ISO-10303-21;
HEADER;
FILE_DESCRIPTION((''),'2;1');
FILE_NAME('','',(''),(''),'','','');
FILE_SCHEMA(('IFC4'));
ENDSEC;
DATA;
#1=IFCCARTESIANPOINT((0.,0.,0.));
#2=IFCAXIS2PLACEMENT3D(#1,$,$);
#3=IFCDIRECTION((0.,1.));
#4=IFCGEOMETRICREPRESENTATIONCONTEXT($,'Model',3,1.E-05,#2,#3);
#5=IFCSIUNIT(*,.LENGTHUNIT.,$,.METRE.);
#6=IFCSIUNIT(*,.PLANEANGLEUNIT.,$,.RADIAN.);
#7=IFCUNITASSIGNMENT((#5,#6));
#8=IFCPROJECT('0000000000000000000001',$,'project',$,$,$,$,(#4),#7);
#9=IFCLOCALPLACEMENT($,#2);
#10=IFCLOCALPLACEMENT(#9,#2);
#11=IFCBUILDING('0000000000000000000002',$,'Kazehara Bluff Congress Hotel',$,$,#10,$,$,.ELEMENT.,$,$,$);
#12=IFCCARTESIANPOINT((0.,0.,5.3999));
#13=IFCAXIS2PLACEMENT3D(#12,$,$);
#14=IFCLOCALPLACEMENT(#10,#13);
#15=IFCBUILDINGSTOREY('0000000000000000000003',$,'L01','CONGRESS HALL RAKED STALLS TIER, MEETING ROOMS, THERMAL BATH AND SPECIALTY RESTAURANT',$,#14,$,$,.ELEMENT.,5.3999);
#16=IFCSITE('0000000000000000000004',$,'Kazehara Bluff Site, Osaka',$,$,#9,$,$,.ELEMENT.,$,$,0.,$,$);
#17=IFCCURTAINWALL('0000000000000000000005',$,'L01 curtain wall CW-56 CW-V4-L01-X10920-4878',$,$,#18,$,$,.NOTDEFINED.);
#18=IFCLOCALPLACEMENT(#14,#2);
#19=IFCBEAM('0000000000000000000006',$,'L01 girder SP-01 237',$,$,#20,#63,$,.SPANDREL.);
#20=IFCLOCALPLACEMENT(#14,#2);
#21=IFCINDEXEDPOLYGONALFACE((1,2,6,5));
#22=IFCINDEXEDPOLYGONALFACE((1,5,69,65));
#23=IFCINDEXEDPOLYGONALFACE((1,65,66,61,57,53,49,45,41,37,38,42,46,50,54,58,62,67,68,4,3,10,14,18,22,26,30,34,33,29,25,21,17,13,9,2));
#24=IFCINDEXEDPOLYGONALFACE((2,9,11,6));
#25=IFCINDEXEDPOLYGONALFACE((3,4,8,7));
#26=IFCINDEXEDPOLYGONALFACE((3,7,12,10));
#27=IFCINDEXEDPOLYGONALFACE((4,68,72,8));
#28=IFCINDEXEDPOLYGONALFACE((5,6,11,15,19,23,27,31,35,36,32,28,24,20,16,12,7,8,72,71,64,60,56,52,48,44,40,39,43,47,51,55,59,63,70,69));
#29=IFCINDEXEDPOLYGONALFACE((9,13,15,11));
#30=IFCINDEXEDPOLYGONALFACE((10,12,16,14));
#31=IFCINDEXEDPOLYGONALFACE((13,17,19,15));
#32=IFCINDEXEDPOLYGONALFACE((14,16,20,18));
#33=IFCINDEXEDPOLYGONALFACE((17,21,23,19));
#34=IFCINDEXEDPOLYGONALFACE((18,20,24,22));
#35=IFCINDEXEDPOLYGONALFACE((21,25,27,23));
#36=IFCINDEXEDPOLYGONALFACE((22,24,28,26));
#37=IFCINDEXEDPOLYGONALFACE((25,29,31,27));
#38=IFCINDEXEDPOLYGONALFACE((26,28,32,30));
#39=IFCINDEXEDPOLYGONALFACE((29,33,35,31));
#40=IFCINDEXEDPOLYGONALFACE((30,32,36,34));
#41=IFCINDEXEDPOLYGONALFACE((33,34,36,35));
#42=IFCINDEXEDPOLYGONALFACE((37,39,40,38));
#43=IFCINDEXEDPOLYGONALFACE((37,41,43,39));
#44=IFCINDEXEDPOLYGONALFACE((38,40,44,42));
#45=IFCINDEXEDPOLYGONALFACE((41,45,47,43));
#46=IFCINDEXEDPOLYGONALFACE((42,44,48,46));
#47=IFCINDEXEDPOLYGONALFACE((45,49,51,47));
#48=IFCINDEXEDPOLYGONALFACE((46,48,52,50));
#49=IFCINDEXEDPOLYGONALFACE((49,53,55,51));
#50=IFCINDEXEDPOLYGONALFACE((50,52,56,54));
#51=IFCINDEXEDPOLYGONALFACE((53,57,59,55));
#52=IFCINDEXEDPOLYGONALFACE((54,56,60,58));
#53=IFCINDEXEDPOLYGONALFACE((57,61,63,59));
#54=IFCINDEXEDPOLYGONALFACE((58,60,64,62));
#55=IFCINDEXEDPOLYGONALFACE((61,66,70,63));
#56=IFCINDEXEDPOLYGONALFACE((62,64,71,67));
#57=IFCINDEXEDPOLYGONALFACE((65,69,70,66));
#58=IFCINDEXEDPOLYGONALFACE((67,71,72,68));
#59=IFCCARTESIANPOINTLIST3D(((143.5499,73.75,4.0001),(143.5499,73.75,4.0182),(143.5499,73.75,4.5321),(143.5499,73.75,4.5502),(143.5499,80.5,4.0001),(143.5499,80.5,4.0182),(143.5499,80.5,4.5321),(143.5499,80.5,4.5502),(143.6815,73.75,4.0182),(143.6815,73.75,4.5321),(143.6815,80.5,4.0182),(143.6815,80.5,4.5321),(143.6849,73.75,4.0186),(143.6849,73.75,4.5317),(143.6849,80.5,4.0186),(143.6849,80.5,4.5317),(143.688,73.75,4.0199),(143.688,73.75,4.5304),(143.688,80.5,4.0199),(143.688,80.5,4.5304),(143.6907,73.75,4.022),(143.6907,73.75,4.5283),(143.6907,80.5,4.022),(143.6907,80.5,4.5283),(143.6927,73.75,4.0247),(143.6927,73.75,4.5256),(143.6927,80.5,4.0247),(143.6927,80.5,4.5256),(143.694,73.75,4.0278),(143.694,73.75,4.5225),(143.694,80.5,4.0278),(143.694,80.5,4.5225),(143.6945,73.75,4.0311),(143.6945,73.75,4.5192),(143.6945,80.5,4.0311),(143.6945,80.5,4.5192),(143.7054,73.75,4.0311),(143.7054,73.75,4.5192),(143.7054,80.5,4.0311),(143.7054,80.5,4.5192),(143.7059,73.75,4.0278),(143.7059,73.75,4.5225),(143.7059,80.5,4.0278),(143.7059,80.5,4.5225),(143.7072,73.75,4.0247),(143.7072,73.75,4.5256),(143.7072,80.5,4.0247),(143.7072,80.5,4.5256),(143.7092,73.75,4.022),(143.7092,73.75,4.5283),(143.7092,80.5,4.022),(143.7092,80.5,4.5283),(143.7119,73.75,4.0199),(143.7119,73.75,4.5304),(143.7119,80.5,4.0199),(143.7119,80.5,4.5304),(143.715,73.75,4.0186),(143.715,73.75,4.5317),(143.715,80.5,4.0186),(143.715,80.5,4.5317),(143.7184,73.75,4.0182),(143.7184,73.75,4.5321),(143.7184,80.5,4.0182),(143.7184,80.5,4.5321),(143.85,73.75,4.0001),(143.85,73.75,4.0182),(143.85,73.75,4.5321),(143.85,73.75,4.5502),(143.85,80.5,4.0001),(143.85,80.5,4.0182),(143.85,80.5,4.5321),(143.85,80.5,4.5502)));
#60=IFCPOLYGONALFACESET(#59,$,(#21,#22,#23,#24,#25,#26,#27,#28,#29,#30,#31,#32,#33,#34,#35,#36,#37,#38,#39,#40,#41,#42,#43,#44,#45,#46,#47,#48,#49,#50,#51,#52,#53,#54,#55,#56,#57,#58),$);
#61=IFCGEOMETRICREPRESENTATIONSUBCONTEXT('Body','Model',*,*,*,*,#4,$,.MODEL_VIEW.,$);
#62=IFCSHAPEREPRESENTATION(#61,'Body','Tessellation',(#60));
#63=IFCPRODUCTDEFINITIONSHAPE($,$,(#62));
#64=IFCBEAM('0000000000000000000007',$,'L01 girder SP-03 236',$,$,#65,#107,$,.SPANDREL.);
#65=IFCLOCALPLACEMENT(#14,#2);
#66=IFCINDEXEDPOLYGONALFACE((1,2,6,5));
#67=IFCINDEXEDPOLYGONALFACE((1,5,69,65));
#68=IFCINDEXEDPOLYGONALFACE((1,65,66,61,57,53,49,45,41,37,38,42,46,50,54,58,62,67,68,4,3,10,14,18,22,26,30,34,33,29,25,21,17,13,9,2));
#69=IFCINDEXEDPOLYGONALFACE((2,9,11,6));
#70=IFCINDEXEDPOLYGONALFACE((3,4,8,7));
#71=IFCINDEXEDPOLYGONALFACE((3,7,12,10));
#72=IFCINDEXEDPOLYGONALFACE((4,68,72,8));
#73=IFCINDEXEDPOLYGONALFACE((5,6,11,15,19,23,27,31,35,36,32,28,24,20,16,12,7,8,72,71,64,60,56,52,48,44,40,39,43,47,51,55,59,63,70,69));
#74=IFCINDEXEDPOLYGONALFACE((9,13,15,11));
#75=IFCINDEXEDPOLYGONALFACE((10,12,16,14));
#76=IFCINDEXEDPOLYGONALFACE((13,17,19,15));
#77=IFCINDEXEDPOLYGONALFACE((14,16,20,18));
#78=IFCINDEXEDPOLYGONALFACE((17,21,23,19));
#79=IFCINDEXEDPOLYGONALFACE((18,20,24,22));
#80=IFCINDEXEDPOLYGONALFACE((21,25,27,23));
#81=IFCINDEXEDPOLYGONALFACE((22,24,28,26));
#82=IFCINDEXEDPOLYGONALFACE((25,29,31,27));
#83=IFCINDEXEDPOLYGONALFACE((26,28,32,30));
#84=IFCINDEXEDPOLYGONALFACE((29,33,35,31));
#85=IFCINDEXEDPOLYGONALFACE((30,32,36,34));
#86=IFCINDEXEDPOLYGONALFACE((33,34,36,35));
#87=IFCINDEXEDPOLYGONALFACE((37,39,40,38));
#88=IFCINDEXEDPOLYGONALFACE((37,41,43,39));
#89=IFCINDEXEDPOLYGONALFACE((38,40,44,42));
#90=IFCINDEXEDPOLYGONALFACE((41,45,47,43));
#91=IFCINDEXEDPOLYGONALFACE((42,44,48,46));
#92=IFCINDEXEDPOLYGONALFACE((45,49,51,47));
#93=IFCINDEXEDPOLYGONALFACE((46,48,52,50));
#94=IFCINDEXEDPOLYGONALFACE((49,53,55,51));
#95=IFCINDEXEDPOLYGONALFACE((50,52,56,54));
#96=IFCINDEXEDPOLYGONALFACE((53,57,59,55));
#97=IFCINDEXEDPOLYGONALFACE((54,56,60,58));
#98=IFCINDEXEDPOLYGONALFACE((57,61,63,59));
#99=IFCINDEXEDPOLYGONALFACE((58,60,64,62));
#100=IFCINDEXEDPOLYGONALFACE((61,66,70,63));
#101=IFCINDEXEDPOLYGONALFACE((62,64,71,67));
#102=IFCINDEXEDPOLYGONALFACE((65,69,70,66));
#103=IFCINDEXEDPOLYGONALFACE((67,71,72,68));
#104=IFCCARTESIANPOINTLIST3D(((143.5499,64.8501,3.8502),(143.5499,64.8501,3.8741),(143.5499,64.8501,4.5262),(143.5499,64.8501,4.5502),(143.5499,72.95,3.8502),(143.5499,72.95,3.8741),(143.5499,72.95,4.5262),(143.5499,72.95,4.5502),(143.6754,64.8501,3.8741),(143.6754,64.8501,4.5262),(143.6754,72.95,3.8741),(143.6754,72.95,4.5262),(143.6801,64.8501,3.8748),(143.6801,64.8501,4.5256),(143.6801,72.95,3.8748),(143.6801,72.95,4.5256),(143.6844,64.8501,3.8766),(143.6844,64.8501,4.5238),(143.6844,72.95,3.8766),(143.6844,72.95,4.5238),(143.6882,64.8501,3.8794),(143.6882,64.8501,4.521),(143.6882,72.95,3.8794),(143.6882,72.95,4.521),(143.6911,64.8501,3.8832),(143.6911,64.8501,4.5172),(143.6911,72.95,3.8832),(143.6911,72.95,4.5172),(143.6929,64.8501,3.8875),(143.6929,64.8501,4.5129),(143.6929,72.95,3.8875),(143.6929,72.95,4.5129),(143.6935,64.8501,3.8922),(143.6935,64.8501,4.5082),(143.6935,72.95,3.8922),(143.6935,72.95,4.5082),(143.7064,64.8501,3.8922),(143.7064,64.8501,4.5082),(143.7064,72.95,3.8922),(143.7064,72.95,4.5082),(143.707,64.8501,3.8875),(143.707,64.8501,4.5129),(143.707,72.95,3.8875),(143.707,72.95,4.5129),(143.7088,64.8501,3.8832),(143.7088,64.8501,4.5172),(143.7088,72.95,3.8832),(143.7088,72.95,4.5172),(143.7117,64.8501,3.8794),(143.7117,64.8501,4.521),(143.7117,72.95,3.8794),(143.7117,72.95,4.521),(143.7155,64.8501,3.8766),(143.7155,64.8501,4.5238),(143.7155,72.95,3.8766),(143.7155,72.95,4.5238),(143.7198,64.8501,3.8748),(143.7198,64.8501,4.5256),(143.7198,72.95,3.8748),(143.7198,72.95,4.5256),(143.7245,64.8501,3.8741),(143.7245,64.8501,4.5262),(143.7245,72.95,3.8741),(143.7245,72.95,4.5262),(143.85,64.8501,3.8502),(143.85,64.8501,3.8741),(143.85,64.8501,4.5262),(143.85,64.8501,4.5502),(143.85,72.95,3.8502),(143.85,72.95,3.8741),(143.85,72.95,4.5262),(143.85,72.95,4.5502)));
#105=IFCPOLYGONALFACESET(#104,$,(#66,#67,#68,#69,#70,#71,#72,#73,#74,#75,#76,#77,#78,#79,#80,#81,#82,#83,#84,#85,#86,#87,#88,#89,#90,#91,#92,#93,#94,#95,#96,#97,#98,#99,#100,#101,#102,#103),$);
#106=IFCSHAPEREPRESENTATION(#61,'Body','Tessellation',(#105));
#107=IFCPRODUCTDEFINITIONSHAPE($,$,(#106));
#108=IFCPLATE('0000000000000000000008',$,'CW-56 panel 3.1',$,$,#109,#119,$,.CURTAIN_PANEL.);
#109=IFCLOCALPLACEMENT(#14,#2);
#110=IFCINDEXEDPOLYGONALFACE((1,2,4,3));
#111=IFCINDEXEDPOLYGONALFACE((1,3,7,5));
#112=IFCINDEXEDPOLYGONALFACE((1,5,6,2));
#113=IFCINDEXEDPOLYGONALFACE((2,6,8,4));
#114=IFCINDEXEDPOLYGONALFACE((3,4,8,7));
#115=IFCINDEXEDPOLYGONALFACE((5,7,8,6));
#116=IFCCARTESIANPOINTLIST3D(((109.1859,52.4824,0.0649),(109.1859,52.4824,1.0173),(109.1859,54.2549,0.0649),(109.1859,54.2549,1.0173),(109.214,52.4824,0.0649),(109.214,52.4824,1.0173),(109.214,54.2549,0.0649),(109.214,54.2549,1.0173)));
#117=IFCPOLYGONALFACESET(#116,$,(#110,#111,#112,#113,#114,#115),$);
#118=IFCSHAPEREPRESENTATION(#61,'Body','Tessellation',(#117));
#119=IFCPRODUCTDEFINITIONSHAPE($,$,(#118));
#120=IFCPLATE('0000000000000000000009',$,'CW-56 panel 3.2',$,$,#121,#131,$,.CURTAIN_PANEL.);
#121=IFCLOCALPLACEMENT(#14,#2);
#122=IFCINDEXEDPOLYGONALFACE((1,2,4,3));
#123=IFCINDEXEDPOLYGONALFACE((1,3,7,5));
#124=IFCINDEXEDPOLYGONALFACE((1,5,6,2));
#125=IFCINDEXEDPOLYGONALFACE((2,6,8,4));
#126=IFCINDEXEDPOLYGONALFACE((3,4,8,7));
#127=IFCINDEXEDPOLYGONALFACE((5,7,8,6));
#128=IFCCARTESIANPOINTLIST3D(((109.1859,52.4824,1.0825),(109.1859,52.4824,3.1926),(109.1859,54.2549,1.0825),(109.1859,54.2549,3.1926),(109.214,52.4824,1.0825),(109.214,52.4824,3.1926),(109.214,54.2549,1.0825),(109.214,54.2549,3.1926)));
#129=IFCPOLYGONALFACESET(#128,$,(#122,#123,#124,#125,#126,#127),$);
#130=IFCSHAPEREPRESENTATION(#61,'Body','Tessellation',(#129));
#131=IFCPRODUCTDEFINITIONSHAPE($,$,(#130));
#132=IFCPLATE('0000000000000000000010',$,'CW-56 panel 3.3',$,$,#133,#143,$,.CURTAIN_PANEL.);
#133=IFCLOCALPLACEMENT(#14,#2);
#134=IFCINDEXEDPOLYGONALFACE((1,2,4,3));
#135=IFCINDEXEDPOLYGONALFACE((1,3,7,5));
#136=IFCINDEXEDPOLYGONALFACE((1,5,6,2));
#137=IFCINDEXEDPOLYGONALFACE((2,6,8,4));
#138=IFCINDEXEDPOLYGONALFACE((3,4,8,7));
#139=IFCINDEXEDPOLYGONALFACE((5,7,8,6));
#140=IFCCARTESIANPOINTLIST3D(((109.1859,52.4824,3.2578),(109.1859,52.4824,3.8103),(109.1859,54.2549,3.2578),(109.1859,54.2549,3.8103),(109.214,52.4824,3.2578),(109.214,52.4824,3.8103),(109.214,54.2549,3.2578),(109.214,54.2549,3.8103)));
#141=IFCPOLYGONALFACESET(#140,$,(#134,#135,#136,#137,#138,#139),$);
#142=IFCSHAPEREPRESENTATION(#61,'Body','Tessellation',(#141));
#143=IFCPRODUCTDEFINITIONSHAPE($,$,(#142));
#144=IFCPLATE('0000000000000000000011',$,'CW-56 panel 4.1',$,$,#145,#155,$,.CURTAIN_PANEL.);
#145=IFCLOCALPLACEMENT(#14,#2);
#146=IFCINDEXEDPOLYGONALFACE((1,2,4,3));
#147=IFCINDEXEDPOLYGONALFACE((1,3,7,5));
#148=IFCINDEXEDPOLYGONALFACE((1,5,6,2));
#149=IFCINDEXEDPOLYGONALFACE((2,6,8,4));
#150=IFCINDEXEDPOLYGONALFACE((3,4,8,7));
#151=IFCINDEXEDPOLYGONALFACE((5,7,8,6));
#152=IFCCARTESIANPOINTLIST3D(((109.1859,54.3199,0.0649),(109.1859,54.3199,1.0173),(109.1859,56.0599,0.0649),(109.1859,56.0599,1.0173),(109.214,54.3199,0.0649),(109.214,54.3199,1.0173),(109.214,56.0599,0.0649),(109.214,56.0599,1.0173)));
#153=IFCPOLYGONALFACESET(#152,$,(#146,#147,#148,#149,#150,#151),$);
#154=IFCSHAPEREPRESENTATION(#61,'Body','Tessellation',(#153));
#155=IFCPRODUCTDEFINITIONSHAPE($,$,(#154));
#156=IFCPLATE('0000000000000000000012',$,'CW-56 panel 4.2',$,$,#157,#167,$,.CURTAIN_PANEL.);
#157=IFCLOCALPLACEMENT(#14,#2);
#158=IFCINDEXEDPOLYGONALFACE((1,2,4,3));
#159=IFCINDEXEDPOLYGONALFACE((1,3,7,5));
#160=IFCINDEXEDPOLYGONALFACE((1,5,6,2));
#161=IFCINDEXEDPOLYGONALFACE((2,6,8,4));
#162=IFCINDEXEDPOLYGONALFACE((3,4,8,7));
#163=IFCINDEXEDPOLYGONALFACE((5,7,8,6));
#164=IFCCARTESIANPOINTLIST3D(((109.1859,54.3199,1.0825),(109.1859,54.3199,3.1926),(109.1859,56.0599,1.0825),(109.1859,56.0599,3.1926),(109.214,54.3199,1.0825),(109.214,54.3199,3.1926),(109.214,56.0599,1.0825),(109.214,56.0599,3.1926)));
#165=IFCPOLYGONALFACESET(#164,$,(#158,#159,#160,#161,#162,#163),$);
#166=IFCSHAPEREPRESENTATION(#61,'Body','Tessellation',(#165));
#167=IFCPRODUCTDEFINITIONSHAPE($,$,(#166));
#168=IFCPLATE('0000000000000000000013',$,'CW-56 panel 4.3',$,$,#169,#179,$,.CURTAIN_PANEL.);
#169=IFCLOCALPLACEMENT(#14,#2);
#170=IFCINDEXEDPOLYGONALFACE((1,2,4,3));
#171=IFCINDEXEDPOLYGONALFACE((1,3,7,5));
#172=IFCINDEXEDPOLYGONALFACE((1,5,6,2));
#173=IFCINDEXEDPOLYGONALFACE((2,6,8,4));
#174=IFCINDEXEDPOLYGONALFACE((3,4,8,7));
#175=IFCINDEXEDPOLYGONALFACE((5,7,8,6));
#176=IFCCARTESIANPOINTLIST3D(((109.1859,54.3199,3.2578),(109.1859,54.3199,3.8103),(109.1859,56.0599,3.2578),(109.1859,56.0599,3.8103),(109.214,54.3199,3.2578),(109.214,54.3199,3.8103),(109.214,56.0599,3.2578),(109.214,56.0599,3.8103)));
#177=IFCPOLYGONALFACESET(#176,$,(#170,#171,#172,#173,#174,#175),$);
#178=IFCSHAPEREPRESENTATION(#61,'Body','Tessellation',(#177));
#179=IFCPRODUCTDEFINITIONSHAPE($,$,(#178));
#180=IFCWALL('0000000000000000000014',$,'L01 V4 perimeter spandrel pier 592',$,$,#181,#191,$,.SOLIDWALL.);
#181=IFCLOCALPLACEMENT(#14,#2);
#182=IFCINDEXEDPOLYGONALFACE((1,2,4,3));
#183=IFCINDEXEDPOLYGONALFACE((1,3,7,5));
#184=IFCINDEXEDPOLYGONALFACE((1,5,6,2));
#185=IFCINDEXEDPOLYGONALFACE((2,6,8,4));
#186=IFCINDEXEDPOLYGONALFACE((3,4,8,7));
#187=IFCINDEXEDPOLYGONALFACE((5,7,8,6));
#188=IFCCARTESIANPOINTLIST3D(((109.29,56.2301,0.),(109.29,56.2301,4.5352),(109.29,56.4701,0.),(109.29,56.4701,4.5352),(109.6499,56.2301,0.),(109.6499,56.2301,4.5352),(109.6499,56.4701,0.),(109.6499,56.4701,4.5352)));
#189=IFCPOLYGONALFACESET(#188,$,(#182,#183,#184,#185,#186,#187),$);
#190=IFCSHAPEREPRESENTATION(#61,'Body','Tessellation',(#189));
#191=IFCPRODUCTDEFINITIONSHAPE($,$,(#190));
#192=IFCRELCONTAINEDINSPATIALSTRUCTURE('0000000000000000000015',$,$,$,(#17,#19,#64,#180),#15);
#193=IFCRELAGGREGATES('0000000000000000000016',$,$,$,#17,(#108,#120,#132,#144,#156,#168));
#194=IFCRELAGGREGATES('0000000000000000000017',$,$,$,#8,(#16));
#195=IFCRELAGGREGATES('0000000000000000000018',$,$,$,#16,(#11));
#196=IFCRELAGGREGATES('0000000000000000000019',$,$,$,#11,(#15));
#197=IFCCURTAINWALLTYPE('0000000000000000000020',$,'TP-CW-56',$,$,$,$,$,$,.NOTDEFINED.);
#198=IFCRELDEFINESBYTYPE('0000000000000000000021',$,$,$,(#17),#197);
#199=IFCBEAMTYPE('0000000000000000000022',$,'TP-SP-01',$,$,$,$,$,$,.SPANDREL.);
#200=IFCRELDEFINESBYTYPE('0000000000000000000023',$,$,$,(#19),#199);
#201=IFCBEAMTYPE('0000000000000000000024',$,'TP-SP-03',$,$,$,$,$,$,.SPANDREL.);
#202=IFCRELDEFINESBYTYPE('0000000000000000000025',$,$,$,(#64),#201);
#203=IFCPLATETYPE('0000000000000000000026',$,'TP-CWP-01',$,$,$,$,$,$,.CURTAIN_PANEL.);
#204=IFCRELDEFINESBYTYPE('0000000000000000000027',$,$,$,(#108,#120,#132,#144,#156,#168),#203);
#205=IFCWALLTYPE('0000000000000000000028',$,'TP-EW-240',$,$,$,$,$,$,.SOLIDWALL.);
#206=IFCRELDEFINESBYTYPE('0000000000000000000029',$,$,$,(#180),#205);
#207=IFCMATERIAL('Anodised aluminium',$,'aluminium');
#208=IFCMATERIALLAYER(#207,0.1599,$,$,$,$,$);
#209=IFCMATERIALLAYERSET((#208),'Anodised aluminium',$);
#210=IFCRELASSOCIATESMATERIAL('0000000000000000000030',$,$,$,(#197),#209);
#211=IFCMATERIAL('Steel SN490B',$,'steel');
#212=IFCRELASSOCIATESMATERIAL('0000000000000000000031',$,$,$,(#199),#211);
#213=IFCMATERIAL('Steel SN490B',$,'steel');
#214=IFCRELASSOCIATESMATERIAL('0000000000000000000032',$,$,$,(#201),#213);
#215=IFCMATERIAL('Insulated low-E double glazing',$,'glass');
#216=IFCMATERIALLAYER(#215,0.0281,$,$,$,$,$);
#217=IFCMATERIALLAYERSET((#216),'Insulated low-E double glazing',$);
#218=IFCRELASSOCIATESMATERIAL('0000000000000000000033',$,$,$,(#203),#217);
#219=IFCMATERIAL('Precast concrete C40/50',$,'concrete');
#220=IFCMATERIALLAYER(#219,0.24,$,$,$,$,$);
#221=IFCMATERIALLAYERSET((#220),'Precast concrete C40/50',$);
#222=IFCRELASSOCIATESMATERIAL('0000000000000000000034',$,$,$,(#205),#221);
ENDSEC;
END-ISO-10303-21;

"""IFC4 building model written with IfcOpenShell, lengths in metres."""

from ifc_helpers import new_model, si_unit, direction, frame, frame_2d, origin, origin_2d, place, context, subcontext, project, spatial, rectangle, i_section, extrude, material, layer, layer_set, material_profile, profile_set, type_object, element, aggregate, save


model = new_model("IFC4")

# Units and contexts
model_context = context("Model", 3, precision=1e-05, world=origin(), true_north=direction((0.0, 1.0)))
body_context = subcontext(model_context, "Body", "Model", "MODEL_VIEW")
ifc_project = project(units=[si_unit("LENGTHUNIT", "METRE"), si_unit("PLANEANGLEUNIT", "RADIAN")], contexts=[model_context])

# Site, building, storey
site_placement = place(None, origin())
site = spatial("IfcSite", under=ifc_project, at=site_placement, Name="Kazehara Bluff Site, Osaka", CompositionType="ELEMENT", RefElevation=0.0)
building_placement = place(site_placement, origin())
building = spatial("IfcBuilding", under=site, at=building_placement, Name="Kazehara Bluff Congress Hotel", CompositionType="ELEMENT")
storey_placement = place(building_placement, frame((0.0, 0.0, 5.3999)))
storey = spatial("IfcBuildingStorey", under=building, at=storey_placement, Name="L01", Description="CONGRESS HALL RAKED STALLS TIER, MEETING ROOMS, THERMAL BATH AND SPECIALTY RESTAURANT", CompositionType="ELEMENT", Elevation=5.3999)

# Curtain wall
ifc_material_1 = material(Name="Anodised aluminium", Category="aluminium")
ifc_layer_1 = layer(ifc_material_1, 0.1599)
ifc_layer_set_1 = layer_set([ifc_layer_1], Name="Anodised aluminium")
curtain_wall_type = type_object("IfcCurtainWallType", Name="TP-CW-56", PredefinedType="NOTDEFINED", material=ifc_layer_set_1)
curtain_wall_placement = place(storey_placement, origin())
curtain_wall = element("IfcCurtainWall", 1, at=curtain_wall_placement, inside=storey, type_object=curtain_wall_type, Name="L01 curtain wall CW-56 CW-V4-L01-X10920-4878", PredefinedType="NOTDEFINED")

# Beams
ifc_material_2 = material(Name="Steel SN490B", Category="steel")
ifc_material_profile_1 = material_profile(ifc_material_2, i_section(OverallWidth=0.3, OverallDepth=0.55, WebThickness=0.011, FlangeThickness=0.0181, FilletRadius=0.0129, at=origin_2d()))
ifc_profile_set_1 = profile_set([ifc_material_profile_1], Name="Steel SN490B")
beam_type_1 = type_object("IfcBeamType", Name="TP-SP-01", PredefinedType="SPANDREL", material=ifc_profile_set_1)
beam_1_placement = place(storey_placement, frame((143.7, 73.75, 4.2751), z_axis=(0.0, 1.0, 0.0), x_axis=(-1.0, 0.0, 0.0)))
element("IfcBeam", 2, at=beam_1_placement, inside=storey, type_object=beam_type_1, Name="L01 girder SP-01 237", PredefinedType="SPANDREL", context=body_context, shape_type="SweptSolid", body=[
    extrude(i_section(OverallWidth=0.3, OverallDepth=0.55, WebThickness=0.011, FlangeThickness=0.0181, FilletRadius=0.0129, at=origin_2d()), origin(), (0.0, 0.0, 1.0), 6.75),
])
ifc_material_3 = material(Name="Steel SN490B", Category="steel")
ifc_material_profile_2 = material_profile(ifc_material_3, i_section(OverallWidth=0.3, OverallDepth=0.7, WebThickness=0.0129, FlangeThickness=0.0239, FilletRadius=0.0181, at=origin_2d()))
ifc_profile_set_2 = profile_set([ifc_material_profile_2], Name="Steel SN490B")
beam_type_2 = type_object("IfcBeamType", Name="TP-SP-03", PredefinedType="SPANDREL", material=ifc_profile_set_2)
beam_2_placement = place(storey_placement, frame((143.7, 64.8501, 4.2002), z_axis=(0.0, 1.0, 0.0), x_axis=(-1.0, 0.0, 0.0)))
element("IfcBeam", 3, at=beam_2_placement, inside=storey, type_object=beam_type_2, Name="L01 girder SP-03 236", PredefinedType="SPANDREL", context=body_context, shape_type="SweptSolid", body=[
    extrude(i_section(OverallWidth=0.3, OverallDepth=0.7, WebThickness=0.0129, FlangeThickness=0.0239, FilletRadius=0.0181, at=origin_2d()), origin(), (0.0, 0.0, 1.0), 8.0999),
])

# Plates
ifc_material_4 = material(Name="Insulated low-E double glazing", Category="glass")
ifc_layer_2 = layer(ifc_material_4, 0.0281)
ifc_layer_set_2 = layer_set([ifc_layer_2], Name="Insulated low-E double glazing")
plate_type = type_object("IfcPlateType", Name="TP-CWP-01", PredefinedType="CURTAIN_PANEL", material=ifc_layer_set_2)
plate_1_placement = place(storey_placement, frame((109.2, 53.3687, 0.0649), z_axis=(0.0, 0.0, 1.0), x_axis=(0.0, 1.0, 0.0)))
plate_1 = element("IfcPlate", 4, at=plate_1_placement, type_object=plate_type, Name="CW-56 panel 3.1", PredefinedType="CURTAIN_PANEL", context=body_context, shape_type="SweptSolid", body=[
    extrude(rectangle(XDim=1.7725, YDim=0.0281, at=origin_2d()), origin(), (0.0, 0.0, 1.0), 0.9524),
])
plate_2_placement = place(storey_placement, frame((109.2, 53.3687, 1.0825), z_axis=(0.0, 0.0, 1.0), x_axis=(0.0, 1.0, 0.0)))
plate_2 = element("IfcPlate", 5, at=plate_2_placement, type_object=plate_type, Name="CW-56 panel 3.2", PredefinedType="CURTAIN_PANEL", context=body_context, shape_type="SweptSolid", body=[
    extrude(rectangle(XDim=1.7725, YDim=0.0281, at=origin_2d()), origin(), (0.0, 0.0, 1.0), 2.1101),
])
plate_3_placement = place(storey_placement, frame((109.2, 53.3687, 3.2578), z_axis=(0.0, 0.0, 1.0), x_axis=(0.0, 1.0, 0.0)))
plate_3 = element("IfcPlate", 6, at=plate_3_placement, type_object=plate_type, Name="CW-56 panel 3.3", PredefinedType="CURTAIN_PANEL", context=body_context, shape_type="SweptSolid", body=[
    extrude(rectangle(XDim=1.7725, YDim=0.0281, at=origin_2d()), origin(), (0.0, 0.0, 1.0), 0.5525),
])
plate_4_placement = place(storey_placement, frame((109.2, 55.1899, 0.0649), z_axis=(0.0, 0.0, 1.0), x_axis=(0.0, 1.0, 0.0)))
plate_4 = element("IfcPlate", 7, at=plate_4_placement, type_object=plate_type, Name="CW-56 panel 4.1", PredefinedType="CURTAIN_PANEL", context=body_context, shape_type="SweptSolid", body=[
    extrude(rectangle(XDim=1.74, YDim=0.0281, at=origin_2d()), origin(), (0.0, 0.0, 1.0), 0.9524),
])
plate_5_placement = place(storey_placement, frame((109.2, 55.1899, 1.0825), z_axis=(0.0, 0.0, 1.0), x_axis=(0.0, 1.0, 0.0)))
plate_5 = element("IfcPlate", 8, at=plate_5_placement, type_object=plate_type, Name="CW-56 panel 4.2", PredefinedType="CURTAIN_PANEL", context=body_context, shape_type="SweptSolid", body=[
    extrude(rectangle(XDim=1.74, YDim=0.0281, at=origin_2d()), origin(), (0.0, 0.0, 1.0), 2.1101),
])
plate_6_placement = place(storey_placement, frame((109.2, 55.1899, 3.2578), z_axis=(0.0, 0.0, 1.0), x_axis=(0.0, 1.0, 0.0)))
plate_6 = element("IfcPlate", 9, at=plate_6_placement, type_object=plate_type, Name="CW-56 panel 4.3", PredefinedType="CURTAIN_PANEL", context=body_context, shape_type="SweptSolid", body=[
    extrude(rectangle(XDim=1.74, YDim=0.0281, at=origin_2d()), origin(), (0.0, 0.0, 1.0), 0.5525),
])
aggregate(curtain_wall, [plate_1, plate_2, plate_3, plate_4, plate_5, plate_6])

# Wall
ifc_material_5 = material(Name="Precast concrete C40/50", Category="concrete")
ifc_layer_3 = layer(ifc_material_5, 0.24)
ifc_layer_set_3 = layer_set([ifc_layer_3], Name="Precast concrete C40/50")
wall_type = type_object("IfcWallType", Name="TP-EW-240", PredefinedType="SOLIDWALL", material=ifc_layer_set_3)
wall_placement = place(storey_placement, frame((109.29, 56.3501, 0.0), z_axis=(0.0, 0.0, 1.0), x_axis=(1.0, 0.0, 0.0)))
element("IfcWall", 10, at=wall_placement, inside=storey, type_object=wall_type, Name="L01 V4 perimeter spandrel pier 592", PredefinedType="SOLIDWALL", context=body_context, shape_type="SweptSolid", body=[
    extrude(rectangle(XDim=0.3599, YDim=0.24, at=frame_2d((0.1799, 0.0))), origin(), (0.0, 0.0, 1.0), 4.5352),
])

save(model, "model.ifc")
